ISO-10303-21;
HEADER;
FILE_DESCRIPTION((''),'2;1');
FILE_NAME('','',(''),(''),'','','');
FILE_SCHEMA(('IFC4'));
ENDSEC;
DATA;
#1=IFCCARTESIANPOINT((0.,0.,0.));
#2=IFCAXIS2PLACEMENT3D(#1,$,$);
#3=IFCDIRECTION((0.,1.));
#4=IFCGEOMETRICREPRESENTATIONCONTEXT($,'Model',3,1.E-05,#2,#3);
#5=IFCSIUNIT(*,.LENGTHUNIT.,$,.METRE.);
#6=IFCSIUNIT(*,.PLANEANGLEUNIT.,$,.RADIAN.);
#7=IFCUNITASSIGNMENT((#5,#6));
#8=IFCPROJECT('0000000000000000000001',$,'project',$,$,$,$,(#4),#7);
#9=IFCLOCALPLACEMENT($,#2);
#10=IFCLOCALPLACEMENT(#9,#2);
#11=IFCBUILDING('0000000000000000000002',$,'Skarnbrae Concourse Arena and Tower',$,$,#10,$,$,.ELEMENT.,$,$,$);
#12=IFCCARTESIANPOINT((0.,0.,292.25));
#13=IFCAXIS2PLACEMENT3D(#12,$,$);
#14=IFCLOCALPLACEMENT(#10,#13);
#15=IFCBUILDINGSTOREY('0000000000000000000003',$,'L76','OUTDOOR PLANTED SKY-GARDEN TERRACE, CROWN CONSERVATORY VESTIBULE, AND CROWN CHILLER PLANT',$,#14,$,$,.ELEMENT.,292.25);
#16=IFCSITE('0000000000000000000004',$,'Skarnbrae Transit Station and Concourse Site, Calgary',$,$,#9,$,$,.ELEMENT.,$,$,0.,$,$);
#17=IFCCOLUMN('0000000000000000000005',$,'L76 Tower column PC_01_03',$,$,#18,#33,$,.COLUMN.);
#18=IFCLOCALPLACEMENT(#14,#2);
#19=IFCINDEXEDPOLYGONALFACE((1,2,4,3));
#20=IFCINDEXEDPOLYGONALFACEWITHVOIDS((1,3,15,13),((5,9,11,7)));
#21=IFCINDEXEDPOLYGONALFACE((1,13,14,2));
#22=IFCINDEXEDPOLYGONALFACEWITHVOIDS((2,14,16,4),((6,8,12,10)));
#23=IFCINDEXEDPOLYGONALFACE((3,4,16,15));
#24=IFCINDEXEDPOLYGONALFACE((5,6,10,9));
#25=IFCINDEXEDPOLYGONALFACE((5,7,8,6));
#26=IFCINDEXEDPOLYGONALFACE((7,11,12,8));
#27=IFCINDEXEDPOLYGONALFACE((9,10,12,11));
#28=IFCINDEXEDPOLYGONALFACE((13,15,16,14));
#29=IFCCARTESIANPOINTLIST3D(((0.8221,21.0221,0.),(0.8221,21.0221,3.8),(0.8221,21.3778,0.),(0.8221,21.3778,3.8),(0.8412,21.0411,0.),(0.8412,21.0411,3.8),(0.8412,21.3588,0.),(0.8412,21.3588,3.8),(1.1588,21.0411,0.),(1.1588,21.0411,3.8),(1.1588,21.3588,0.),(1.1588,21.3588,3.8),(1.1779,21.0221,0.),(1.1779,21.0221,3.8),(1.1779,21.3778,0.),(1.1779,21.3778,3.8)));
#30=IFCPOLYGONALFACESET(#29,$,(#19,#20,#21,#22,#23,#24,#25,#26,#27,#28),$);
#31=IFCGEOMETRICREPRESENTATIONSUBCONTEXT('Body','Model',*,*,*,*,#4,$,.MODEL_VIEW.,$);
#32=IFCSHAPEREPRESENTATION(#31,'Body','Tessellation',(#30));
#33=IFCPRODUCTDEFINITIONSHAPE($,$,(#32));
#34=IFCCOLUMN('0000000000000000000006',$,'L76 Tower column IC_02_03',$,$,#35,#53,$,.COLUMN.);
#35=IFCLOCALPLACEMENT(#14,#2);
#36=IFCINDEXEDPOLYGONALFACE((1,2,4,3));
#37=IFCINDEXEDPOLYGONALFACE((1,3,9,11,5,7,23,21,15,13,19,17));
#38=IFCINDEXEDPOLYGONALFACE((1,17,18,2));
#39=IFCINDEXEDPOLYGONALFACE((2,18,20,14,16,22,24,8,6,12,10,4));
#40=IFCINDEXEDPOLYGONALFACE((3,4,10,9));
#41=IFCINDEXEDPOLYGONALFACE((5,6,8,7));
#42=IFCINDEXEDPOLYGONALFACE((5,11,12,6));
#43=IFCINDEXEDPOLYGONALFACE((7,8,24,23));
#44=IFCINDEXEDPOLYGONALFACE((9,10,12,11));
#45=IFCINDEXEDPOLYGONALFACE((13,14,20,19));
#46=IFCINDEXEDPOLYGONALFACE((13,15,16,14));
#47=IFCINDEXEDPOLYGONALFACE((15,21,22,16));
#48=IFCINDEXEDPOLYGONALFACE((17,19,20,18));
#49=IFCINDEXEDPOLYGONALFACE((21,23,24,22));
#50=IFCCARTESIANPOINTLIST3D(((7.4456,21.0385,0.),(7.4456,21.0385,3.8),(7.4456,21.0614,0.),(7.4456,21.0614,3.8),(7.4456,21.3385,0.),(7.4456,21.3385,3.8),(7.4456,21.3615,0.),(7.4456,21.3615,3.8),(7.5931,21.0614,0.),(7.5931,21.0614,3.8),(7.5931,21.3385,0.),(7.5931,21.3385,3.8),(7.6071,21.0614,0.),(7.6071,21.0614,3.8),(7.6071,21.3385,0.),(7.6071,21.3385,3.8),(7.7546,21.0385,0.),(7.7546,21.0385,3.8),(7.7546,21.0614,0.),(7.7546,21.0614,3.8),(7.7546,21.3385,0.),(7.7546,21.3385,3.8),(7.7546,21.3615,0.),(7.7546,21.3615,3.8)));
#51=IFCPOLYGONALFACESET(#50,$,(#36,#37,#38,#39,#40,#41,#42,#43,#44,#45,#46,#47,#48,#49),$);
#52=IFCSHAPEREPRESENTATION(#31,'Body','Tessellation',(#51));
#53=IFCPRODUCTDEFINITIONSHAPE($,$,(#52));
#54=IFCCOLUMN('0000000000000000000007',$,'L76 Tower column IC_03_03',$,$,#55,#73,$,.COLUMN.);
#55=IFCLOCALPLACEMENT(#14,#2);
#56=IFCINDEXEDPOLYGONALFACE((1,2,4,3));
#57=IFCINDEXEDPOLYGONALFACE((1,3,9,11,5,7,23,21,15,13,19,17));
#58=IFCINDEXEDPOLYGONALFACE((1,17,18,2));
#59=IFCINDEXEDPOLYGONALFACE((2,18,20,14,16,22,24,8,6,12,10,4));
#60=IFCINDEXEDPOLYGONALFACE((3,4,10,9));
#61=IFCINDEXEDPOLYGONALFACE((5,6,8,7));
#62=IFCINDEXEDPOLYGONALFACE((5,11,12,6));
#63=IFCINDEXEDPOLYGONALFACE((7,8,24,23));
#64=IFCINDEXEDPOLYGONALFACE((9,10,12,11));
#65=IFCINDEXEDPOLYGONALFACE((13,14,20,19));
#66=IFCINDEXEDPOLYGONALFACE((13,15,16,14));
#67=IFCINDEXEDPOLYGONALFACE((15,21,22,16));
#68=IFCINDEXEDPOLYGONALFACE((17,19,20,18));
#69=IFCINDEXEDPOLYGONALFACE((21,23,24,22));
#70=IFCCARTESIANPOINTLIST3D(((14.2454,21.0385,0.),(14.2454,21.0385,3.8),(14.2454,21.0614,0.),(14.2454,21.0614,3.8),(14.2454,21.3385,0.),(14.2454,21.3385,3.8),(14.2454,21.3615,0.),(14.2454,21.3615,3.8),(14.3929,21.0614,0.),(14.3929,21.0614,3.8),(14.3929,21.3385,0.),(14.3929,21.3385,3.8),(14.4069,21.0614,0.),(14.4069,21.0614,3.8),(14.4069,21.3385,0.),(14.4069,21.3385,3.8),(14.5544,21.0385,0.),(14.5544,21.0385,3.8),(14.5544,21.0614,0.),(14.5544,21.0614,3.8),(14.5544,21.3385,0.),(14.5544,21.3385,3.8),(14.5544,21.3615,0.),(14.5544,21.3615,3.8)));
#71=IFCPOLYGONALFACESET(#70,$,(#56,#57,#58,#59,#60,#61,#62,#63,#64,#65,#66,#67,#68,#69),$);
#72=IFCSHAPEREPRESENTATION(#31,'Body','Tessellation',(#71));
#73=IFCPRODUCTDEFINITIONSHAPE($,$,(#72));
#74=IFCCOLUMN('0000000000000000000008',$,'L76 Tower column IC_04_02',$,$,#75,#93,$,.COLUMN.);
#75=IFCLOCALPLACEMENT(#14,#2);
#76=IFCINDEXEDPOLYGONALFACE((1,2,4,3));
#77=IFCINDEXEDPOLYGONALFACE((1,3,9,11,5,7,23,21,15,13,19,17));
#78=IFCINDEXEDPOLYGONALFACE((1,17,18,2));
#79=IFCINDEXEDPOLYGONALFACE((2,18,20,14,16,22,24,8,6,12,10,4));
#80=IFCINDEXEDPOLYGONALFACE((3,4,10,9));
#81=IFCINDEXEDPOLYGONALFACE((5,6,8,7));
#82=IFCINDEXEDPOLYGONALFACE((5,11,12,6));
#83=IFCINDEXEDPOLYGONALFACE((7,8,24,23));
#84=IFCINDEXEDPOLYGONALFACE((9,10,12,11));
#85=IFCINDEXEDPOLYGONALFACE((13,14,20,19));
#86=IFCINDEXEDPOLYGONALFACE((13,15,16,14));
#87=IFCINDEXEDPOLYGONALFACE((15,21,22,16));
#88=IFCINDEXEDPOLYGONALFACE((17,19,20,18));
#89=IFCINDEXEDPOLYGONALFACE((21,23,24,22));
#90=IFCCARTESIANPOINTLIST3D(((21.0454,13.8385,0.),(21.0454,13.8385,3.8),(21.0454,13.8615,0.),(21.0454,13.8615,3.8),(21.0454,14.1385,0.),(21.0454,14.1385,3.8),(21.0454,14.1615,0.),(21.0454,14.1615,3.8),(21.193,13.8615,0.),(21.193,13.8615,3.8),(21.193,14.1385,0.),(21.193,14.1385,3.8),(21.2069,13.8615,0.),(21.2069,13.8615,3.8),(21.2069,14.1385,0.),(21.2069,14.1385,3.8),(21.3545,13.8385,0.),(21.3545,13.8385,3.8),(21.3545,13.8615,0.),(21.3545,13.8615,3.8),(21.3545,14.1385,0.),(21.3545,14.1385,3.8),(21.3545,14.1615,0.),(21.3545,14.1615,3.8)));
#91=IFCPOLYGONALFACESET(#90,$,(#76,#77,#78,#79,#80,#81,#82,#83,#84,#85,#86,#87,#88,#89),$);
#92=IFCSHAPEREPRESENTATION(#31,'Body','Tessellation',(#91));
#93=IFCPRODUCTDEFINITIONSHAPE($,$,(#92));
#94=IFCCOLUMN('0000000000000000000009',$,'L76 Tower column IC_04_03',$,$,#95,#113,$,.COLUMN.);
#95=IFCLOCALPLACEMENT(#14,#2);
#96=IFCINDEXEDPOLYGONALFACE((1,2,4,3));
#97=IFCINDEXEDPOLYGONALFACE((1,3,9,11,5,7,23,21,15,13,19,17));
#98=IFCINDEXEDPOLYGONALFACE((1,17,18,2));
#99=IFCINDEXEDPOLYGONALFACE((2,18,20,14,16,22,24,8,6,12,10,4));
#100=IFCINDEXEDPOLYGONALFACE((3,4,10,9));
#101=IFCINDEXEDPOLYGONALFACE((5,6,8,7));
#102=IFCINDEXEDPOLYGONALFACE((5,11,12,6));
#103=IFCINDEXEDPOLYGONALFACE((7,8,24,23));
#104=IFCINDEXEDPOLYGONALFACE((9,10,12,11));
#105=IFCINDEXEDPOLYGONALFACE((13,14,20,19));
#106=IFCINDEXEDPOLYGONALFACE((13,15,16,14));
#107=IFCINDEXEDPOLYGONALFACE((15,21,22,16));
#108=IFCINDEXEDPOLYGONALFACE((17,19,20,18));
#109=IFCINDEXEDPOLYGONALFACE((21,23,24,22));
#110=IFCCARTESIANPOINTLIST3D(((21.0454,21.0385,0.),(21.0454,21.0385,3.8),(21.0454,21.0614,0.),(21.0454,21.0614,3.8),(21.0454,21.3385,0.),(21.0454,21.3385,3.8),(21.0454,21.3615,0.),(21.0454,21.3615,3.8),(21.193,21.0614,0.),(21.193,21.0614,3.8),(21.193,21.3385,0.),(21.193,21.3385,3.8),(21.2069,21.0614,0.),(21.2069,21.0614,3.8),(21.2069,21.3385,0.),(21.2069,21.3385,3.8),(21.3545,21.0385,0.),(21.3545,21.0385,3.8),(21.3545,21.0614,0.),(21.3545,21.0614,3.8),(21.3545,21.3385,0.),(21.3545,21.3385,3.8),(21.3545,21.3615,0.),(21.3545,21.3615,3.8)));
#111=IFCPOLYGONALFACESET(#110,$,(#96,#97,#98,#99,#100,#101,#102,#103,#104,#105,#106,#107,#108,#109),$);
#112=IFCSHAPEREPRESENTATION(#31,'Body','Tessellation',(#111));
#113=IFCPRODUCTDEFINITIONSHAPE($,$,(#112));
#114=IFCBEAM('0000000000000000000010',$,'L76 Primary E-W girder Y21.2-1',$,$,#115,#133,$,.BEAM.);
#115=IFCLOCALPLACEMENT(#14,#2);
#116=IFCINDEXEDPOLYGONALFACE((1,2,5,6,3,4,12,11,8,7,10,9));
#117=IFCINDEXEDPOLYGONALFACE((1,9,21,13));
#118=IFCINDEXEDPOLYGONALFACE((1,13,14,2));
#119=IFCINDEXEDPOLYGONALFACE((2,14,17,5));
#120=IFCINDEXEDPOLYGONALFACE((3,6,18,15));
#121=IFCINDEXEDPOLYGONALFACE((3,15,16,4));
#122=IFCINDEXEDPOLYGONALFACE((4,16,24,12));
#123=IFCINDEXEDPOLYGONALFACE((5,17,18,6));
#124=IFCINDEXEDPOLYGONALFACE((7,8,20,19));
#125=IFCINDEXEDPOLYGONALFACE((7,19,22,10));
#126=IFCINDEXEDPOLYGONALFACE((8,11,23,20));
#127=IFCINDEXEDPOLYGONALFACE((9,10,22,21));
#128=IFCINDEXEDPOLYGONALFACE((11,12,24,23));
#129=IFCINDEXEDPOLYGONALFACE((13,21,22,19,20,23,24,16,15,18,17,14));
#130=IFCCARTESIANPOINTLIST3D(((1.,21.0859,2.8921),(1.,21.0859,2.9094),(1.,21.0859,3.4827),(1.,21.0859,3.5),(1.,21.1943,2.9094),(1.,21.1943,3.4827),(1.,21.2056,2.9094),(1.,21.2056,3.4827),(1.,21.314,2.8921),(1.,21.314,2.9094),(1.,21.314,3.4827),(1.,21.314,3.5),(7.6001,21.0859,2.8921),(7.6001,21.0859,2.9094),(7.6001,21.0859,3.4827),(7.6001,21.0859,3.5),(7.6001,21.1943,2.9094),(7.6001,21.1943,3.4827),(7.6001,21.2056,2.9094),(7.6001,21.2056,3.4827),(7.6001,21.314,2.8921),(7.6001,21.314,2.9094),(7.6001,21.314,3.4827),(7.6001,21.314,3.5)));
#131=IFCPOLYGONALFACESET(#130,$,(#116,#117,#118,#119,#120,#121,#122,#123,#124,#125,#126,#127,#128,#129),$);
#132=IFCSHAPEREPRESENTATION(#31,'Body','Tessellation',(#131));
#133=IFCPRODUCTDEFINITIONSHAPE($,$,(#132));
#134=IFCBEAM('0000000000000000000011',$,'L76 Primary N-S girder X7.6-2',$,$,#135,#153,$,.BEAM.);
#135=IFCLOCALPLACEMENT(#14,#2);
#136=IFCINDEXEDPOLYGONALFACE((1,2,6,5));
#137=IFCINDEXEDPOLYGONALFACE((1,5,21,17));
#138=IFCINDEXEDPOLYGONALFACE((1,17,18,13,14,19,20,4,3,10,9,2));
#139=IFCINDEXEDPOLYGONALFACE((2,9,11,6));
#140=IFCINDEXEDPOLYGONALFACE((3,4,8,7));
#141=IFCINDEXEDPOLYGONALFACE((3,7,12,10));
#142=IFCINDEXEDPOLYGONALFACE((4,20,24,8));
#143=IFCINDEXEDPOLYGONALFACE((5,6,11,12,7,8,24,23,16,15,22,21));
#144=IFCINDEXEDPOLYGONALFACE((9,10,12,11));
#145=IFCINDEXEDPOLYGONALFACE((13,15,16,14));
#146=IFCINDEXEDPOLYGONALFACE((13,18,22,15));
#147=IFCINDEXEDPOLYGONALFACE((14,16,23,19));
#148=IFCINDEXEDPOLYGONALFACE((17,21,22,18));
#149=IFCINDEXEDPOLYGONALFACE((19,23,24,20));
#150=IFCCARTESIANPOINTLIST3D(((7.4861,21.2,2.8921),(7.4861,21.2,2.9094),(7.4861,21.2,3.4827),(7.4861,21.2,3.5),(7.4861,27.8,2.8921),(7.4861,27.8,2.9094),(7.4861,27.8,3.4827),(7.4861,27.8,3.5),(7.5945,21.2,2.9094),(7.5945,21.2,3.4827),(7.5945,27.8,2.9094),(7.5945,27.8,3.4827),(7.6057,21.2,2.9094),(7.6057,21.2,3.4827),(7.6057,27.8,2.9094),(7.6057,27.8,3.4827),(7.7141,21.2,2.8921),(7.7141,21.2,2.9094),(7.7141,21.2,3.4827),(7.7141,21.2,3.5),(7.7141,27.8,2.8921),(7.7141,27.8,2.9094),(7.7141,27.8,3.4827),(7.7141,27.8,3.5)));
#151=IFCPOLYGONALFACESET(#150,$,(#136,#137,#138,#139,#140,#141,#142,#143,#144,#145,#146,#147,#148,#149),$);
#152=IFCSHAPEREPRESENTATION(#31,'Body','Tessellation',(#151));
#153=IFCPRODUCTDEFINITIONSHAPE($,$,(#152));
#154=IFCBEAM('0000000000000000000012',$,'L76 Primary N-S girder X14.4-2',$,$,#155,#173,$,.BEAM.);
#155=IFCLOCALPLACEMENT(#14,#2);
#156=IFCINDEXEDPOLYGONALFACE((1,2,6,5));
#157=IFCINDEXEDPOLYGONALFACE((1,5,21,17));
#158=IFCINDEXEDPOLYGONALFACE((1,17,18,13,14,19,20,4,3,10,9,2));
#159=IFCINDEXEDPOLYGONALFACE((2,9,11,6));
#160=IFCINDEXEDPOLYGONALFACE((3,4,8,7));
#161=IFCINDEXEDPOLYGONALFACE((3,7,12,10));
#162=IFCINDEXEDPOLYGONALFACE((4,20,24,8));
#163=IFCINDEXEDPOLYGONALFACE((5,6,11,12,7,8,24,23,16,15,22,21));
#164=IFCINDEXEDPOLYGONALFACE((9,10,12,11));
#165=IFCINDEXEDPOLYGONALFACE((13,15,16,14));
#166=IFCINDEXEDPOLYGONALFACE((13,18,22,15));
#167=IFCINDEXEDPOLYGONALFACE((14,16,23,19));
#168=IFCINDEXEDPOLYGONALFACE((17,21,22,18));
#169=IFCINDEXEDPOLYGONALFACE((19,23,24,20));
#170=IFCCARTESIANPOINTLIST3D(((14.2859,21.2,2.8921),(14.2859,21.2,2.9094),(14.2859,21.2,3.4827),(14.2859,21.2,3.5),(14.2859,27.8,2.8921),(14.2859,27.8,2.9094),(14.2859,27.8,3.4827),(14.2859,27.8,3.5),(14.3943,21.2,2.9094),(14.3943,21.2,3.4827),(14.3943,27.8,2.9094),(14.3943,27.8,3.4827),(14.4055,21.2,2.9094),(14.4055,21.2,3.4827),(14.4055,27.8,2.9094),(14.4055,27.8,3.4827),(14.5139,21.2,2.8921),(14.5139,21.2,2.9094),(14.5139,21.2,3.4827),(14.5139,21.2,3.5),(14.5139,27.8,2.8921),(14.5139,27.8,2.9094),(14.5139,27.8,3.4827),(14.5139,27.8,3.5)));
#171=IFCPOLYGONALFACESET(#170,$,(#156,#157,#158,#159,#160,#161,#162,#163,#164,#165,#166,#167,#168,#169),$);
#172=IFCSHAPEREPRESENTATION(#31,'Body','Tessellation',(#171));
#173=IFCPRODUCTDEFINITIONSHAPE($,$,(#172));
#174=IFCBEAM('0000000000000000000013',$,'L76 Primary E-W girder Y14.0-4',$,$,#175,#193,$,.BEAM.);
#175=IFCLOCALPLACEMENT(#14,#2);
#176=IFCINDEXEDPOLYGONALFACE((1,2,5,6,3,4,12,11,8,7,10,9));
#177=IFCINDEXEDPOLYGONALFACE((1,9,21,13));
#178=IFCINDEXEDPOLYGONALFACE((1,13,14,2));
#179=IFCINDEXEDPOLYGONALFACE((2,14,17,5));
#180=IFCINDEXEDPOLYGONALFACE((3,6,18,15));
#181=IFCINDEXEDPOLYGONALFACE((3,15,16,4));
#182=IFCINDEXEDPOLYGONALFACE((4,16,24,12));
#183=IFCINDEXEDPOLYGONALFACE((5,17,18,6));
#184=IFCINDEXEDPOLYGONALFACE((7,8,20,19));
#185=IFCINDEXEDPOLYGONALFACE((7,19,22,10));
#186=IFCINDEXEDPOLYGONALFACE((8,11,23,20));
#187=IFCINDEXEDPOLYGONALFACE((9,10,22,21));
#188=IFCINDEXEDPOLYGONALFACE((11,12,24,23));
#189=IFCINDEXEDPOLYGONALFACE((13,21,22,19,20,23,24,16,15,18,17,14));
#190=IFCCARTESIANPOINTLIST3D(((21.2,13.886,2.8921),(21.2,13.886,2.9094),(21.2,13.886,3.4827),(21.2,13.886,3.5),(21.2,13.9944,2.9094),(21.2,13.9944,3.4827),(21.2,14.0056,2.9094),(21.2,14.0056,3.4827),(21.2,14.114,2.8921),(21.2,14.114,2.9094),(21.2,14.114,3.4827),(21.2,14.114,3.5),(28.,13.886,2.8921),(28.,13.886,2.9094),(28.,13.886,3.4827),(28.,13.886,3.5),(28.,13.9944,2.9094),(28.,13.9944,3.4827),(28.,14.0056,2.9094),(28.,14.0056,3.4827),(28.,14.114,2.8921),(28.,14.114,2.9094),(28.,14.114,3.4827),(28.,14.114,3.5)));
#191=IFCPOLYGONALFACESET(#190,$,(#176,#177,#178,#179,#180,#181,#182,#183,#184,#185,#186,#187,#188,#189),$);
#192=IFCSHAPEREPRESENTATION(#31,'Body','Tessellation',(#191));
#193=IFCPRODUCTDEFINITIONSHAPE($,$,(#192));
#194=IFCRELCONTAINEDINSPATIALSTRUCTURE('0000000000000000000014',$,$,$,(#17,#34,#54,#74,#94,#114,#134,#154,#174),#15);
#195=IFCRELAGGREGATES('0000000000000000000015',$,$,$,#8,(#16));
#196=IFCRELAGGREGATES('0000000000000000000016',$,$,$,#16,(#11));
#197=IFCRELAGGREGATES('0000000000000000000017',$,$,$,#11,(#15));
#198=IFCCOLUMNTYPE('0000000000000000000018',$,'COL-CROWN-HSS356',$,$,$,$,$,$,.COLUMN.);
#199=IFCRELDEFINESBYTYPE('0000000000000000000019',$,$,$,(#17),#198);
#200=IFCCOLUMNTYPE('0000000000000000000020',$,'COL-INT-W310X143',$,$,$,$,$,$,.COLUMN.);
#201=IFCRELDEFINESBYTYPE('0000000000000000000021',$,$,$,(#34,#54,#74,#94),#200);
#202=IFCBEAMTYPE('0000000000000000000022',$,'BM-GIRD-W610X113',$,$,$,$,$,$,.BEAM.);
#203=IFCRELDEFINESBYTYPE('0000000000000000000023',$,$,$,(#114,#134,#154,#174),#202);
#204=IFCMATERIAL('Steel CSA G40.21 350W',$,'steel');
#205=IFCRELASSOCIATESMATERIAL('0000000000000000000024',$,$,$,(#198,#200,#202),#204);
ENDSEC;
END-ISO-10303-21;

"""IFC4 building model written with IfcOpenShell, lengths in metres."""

from ifc_helpers import new_model, si_unit, direction, frame, origin, origin_2d, place, context, subcontext, project, spatial, hollow_rectangle, i_section, extrude, source, transform, mapped, material, material_profile, profile_set, type_object, element, save


model = new_model("IFC4")

# Units and contexts
model_context = context("Model", 3, precision=1e-05, world=origin(), true_north=direction((0.0, 1.0)))
body_context = subcontext(model_context, "Body", "Model", "MODEL_VIEW")
ifc_project = project(units=[si_unit("LENGTHUNIT", "METRE"), si_unit("PLANEANGLEUNIT", "RADIAN")], contexts=[model_context])

# Site, building, storey
site_placement = place(None, origin())
site = spatial("IfcSite", under=ifc_project, at=site_placement, Name="Skarnbrae Transit Station and Concourse Site, Calgary", CompositionType="ELEMENT", RefElevation=0.0)
building_placement = place(site_placement, origin())
building = spatial("IfcBuilding", under=site, at=building_placement, Name="Skarnbrae Concourse Arena and Tower", CompositionType="ELEMENT")
storey_placement = place(building_placement, frame((0.0, 0.0, 292.25)))
storey = spatial("IfcBuildingStorey", under=building, at=storey_placement, Name="L76", Description="OUTDOOR PLANTED SKY-GARDEN TERRACE, CROWN CONSERVATORY VESTIBULE, AND CROWN CHILLER PLANT", CompositionType="ELEMENT", Elevation=292.25)

# Columns
ifc_material_1 = material(Name="Steel CSA G40.21 350W", Category="steel")
ifc_material_profile_1 = material_profile(ifc_material_1, hollow_rectangle(XDim=0.3557, YDim=0.3557, WallThickness=0.019, at=origin_2d()), Name="HSS356X356X19.0")
ifc_profile_set_1 = profile_set([ifc_material_profile_1], Name="Steel CSA G40.21 350W")
column_type_1 = type_object("IfcColumnType", Name="COL-CROWN-HSS356", PredefinedType="COLUMN", material=ifc_profile_set_1)
shared_shape_1 = source(origin(), body_context, "Body", "SweptSolid", [
    extrude(hollow_rectangle(XDim=0.3557, YDim=0.3557, WallThickness=0.019, at=origin_2d()), origin(), (0.0, 0.0, 1.0), 3.8),
])
column_placement = place(storey_placement, frame((1.0, 21.2, 0.0), z_axis=(0.0, 0.0, 1.0), x_axis=(1.0, 0.0, 0.0)))
element("IfcColumn", 1, at=column_placement, inside=storey, type_object=column_type_1, Name="L76 Tower column PC_01_03", PredefinedType="COLUMN", context=body_context, shape_type="MappedRepresentation", body=[
    mapped(shared_shape_1, transform((0.0, 0.0, 0.0))),
])
ifc_material_profile_2 = material_profile(ifc_material_1, i_section(OverallWidth=0.3091, OverallDepth=0.323, WebThickness=0.0139, FlangeThickness=0.0229, at=origin_2d()), Name="W310X143")
ifc_profile_set_2 = profile_set([ifc_material_profile_2], Name="Steel CSA G40.21 350W")
column_type_2 = type_object("IfcColumnType", Name="COL-INT-W310X143", PredefinedType="COLUMN", material=ifc_profile_set_2)
shared_shape_2 = source(origin(), body_context, "Body", "SweptSolid", [
    extrude(i_section(OverallWidth=0.3091, OverallDepth=0.323, WebThickness=0.0139, FlangeThickness=0.0229, at=origin_2d()), origin(), (0.0, 0.0, 1.0), 3.8),
])
for number, where, z_axis, x_axis, name in (
    (2, (7.6001, 21.2, 0.0), (0.0, 0.0, 1.0), (1.0, 0.0, 0.0), "L76 Tower column IC_02_03"),
    (3, (14.3999, 21.2, 0.0), (0.0, 0.0, 1.0), (1.0, 0.0, 0.0), "L76 Tower column IC_03_03"),
    (4, (21.2, 14.0, 0.0), (0.0, 0.0, 1.0), (1.0, 0.0, 0.0), "L76 Tower column IC_04_02"),
    (5, (21.2, 21.2, 0.0), (0.0, 0.0, 1.0), (1.0, 0.0, 0.0), "L76 Tower column IC_04_03"),
):
    element("IfcColumn", number, at=place(storey_placement, frame(where, z_axis=z_axis, x_axis=x_axis)), inside=storey, type_object=column_type_2, Name=name, PredefinedType="COLUMN", context=body_context, shape_type="MappedRepresentation", body=[
        mapped(shared_shape_2, transform((0.0, 0.0, 0.0))),
    ])

# Beams
ifc_material_profile_3 = material_profile(ifc_material_1, i_section(OverallWidth=0.228, OverallDepth=0.6079, WebThickness=0.0112, FlangeThickness=0.0173, at=origin_2d()), Name="W610X113")
ifc_profile_set_3 = profile_set([ifc_material_profile_3], Name="Steel CSA G40.21 350W")
beam_type_1 = type_object("IfcBeamType", Name="BM-GIRD-W610X113", PredefinedType="BEAM", material=ifc_profile_set_3)
shared_shape_3 = source(origin(), body_context, "Body", "SweptSolid", [
    extrude(i_section(OverallWidth=0.228, OverallDepth=0.6079, WebThickness=0.0112, FlangeThickness=0.0173, at=origin_2d()), origin(), (0.0, 0.0, 1.0), 6.6001),
])
for number, where, z_axis, x_axis, name in (
    (6, (1.0, 21.2, 3.196), (1.0, 0.0, 0.0), (0.0, 1.0, 0.0), "L76 Primary E-W girder Y21.2-1"),
    (7, (7.6001, 21.2, 3.196), (0.0, 1.0, 0.0), (-1.0, 0.0, 0.0), "L76 Primary N-S girder X7.6-2"),
    (8, (14.3999, 21.2, 3.196), (0.0, 1.0, 0.0), (-1.0, 0.0, 0.0), "L76 Primary N-S girder X14.4-2"),
):
    element("IfcBeam", number, at=place(storey_placement, frame(where, z_axis=z_axis, x_axis=x_axis)), inside=storey, type_object=beam_type_1, Name=name, PredefinedType="BEAM", context=body_context, shape_type="MappedRepresentation", body=[
        mapped(shared_shape_3, transform((0.0, 0.0, 0.0))),
    ])
shared_shape_4 = source(origin(), body_context, "Body", "SweptSolid", [
    extrude(i_section(OverallWidth=0.228, OverallDepth=0.6079, WebThickness=0.0112, FlangeThickness=0.0173, at=origin_2d()), origin(), (0.0, 0.0, 1.0), 6.8),
])
for number, where, z_axis, x_axis, name in (
    (9, (21.2, 14.0, 3.196), (1.0, 0.0, 0.0), (0.0, 1.0, 0.0), "L76 Primary E-W girder Y14.0-4"),
):
    element("IfcBeam", number, at=place(storey_placement, frame(where, z_axis=z_axis, x_axis=x_axis)), inside=storey, type_object=beam_type_1, Name=name, PredefinedType="BEAM", context=body_context, shape_type="MappedRepresentation", body=[
        mapped(shared_shape_4, transform((0.0, 0.0, 0.0))),
    ])

save(model, "model.ifc")
